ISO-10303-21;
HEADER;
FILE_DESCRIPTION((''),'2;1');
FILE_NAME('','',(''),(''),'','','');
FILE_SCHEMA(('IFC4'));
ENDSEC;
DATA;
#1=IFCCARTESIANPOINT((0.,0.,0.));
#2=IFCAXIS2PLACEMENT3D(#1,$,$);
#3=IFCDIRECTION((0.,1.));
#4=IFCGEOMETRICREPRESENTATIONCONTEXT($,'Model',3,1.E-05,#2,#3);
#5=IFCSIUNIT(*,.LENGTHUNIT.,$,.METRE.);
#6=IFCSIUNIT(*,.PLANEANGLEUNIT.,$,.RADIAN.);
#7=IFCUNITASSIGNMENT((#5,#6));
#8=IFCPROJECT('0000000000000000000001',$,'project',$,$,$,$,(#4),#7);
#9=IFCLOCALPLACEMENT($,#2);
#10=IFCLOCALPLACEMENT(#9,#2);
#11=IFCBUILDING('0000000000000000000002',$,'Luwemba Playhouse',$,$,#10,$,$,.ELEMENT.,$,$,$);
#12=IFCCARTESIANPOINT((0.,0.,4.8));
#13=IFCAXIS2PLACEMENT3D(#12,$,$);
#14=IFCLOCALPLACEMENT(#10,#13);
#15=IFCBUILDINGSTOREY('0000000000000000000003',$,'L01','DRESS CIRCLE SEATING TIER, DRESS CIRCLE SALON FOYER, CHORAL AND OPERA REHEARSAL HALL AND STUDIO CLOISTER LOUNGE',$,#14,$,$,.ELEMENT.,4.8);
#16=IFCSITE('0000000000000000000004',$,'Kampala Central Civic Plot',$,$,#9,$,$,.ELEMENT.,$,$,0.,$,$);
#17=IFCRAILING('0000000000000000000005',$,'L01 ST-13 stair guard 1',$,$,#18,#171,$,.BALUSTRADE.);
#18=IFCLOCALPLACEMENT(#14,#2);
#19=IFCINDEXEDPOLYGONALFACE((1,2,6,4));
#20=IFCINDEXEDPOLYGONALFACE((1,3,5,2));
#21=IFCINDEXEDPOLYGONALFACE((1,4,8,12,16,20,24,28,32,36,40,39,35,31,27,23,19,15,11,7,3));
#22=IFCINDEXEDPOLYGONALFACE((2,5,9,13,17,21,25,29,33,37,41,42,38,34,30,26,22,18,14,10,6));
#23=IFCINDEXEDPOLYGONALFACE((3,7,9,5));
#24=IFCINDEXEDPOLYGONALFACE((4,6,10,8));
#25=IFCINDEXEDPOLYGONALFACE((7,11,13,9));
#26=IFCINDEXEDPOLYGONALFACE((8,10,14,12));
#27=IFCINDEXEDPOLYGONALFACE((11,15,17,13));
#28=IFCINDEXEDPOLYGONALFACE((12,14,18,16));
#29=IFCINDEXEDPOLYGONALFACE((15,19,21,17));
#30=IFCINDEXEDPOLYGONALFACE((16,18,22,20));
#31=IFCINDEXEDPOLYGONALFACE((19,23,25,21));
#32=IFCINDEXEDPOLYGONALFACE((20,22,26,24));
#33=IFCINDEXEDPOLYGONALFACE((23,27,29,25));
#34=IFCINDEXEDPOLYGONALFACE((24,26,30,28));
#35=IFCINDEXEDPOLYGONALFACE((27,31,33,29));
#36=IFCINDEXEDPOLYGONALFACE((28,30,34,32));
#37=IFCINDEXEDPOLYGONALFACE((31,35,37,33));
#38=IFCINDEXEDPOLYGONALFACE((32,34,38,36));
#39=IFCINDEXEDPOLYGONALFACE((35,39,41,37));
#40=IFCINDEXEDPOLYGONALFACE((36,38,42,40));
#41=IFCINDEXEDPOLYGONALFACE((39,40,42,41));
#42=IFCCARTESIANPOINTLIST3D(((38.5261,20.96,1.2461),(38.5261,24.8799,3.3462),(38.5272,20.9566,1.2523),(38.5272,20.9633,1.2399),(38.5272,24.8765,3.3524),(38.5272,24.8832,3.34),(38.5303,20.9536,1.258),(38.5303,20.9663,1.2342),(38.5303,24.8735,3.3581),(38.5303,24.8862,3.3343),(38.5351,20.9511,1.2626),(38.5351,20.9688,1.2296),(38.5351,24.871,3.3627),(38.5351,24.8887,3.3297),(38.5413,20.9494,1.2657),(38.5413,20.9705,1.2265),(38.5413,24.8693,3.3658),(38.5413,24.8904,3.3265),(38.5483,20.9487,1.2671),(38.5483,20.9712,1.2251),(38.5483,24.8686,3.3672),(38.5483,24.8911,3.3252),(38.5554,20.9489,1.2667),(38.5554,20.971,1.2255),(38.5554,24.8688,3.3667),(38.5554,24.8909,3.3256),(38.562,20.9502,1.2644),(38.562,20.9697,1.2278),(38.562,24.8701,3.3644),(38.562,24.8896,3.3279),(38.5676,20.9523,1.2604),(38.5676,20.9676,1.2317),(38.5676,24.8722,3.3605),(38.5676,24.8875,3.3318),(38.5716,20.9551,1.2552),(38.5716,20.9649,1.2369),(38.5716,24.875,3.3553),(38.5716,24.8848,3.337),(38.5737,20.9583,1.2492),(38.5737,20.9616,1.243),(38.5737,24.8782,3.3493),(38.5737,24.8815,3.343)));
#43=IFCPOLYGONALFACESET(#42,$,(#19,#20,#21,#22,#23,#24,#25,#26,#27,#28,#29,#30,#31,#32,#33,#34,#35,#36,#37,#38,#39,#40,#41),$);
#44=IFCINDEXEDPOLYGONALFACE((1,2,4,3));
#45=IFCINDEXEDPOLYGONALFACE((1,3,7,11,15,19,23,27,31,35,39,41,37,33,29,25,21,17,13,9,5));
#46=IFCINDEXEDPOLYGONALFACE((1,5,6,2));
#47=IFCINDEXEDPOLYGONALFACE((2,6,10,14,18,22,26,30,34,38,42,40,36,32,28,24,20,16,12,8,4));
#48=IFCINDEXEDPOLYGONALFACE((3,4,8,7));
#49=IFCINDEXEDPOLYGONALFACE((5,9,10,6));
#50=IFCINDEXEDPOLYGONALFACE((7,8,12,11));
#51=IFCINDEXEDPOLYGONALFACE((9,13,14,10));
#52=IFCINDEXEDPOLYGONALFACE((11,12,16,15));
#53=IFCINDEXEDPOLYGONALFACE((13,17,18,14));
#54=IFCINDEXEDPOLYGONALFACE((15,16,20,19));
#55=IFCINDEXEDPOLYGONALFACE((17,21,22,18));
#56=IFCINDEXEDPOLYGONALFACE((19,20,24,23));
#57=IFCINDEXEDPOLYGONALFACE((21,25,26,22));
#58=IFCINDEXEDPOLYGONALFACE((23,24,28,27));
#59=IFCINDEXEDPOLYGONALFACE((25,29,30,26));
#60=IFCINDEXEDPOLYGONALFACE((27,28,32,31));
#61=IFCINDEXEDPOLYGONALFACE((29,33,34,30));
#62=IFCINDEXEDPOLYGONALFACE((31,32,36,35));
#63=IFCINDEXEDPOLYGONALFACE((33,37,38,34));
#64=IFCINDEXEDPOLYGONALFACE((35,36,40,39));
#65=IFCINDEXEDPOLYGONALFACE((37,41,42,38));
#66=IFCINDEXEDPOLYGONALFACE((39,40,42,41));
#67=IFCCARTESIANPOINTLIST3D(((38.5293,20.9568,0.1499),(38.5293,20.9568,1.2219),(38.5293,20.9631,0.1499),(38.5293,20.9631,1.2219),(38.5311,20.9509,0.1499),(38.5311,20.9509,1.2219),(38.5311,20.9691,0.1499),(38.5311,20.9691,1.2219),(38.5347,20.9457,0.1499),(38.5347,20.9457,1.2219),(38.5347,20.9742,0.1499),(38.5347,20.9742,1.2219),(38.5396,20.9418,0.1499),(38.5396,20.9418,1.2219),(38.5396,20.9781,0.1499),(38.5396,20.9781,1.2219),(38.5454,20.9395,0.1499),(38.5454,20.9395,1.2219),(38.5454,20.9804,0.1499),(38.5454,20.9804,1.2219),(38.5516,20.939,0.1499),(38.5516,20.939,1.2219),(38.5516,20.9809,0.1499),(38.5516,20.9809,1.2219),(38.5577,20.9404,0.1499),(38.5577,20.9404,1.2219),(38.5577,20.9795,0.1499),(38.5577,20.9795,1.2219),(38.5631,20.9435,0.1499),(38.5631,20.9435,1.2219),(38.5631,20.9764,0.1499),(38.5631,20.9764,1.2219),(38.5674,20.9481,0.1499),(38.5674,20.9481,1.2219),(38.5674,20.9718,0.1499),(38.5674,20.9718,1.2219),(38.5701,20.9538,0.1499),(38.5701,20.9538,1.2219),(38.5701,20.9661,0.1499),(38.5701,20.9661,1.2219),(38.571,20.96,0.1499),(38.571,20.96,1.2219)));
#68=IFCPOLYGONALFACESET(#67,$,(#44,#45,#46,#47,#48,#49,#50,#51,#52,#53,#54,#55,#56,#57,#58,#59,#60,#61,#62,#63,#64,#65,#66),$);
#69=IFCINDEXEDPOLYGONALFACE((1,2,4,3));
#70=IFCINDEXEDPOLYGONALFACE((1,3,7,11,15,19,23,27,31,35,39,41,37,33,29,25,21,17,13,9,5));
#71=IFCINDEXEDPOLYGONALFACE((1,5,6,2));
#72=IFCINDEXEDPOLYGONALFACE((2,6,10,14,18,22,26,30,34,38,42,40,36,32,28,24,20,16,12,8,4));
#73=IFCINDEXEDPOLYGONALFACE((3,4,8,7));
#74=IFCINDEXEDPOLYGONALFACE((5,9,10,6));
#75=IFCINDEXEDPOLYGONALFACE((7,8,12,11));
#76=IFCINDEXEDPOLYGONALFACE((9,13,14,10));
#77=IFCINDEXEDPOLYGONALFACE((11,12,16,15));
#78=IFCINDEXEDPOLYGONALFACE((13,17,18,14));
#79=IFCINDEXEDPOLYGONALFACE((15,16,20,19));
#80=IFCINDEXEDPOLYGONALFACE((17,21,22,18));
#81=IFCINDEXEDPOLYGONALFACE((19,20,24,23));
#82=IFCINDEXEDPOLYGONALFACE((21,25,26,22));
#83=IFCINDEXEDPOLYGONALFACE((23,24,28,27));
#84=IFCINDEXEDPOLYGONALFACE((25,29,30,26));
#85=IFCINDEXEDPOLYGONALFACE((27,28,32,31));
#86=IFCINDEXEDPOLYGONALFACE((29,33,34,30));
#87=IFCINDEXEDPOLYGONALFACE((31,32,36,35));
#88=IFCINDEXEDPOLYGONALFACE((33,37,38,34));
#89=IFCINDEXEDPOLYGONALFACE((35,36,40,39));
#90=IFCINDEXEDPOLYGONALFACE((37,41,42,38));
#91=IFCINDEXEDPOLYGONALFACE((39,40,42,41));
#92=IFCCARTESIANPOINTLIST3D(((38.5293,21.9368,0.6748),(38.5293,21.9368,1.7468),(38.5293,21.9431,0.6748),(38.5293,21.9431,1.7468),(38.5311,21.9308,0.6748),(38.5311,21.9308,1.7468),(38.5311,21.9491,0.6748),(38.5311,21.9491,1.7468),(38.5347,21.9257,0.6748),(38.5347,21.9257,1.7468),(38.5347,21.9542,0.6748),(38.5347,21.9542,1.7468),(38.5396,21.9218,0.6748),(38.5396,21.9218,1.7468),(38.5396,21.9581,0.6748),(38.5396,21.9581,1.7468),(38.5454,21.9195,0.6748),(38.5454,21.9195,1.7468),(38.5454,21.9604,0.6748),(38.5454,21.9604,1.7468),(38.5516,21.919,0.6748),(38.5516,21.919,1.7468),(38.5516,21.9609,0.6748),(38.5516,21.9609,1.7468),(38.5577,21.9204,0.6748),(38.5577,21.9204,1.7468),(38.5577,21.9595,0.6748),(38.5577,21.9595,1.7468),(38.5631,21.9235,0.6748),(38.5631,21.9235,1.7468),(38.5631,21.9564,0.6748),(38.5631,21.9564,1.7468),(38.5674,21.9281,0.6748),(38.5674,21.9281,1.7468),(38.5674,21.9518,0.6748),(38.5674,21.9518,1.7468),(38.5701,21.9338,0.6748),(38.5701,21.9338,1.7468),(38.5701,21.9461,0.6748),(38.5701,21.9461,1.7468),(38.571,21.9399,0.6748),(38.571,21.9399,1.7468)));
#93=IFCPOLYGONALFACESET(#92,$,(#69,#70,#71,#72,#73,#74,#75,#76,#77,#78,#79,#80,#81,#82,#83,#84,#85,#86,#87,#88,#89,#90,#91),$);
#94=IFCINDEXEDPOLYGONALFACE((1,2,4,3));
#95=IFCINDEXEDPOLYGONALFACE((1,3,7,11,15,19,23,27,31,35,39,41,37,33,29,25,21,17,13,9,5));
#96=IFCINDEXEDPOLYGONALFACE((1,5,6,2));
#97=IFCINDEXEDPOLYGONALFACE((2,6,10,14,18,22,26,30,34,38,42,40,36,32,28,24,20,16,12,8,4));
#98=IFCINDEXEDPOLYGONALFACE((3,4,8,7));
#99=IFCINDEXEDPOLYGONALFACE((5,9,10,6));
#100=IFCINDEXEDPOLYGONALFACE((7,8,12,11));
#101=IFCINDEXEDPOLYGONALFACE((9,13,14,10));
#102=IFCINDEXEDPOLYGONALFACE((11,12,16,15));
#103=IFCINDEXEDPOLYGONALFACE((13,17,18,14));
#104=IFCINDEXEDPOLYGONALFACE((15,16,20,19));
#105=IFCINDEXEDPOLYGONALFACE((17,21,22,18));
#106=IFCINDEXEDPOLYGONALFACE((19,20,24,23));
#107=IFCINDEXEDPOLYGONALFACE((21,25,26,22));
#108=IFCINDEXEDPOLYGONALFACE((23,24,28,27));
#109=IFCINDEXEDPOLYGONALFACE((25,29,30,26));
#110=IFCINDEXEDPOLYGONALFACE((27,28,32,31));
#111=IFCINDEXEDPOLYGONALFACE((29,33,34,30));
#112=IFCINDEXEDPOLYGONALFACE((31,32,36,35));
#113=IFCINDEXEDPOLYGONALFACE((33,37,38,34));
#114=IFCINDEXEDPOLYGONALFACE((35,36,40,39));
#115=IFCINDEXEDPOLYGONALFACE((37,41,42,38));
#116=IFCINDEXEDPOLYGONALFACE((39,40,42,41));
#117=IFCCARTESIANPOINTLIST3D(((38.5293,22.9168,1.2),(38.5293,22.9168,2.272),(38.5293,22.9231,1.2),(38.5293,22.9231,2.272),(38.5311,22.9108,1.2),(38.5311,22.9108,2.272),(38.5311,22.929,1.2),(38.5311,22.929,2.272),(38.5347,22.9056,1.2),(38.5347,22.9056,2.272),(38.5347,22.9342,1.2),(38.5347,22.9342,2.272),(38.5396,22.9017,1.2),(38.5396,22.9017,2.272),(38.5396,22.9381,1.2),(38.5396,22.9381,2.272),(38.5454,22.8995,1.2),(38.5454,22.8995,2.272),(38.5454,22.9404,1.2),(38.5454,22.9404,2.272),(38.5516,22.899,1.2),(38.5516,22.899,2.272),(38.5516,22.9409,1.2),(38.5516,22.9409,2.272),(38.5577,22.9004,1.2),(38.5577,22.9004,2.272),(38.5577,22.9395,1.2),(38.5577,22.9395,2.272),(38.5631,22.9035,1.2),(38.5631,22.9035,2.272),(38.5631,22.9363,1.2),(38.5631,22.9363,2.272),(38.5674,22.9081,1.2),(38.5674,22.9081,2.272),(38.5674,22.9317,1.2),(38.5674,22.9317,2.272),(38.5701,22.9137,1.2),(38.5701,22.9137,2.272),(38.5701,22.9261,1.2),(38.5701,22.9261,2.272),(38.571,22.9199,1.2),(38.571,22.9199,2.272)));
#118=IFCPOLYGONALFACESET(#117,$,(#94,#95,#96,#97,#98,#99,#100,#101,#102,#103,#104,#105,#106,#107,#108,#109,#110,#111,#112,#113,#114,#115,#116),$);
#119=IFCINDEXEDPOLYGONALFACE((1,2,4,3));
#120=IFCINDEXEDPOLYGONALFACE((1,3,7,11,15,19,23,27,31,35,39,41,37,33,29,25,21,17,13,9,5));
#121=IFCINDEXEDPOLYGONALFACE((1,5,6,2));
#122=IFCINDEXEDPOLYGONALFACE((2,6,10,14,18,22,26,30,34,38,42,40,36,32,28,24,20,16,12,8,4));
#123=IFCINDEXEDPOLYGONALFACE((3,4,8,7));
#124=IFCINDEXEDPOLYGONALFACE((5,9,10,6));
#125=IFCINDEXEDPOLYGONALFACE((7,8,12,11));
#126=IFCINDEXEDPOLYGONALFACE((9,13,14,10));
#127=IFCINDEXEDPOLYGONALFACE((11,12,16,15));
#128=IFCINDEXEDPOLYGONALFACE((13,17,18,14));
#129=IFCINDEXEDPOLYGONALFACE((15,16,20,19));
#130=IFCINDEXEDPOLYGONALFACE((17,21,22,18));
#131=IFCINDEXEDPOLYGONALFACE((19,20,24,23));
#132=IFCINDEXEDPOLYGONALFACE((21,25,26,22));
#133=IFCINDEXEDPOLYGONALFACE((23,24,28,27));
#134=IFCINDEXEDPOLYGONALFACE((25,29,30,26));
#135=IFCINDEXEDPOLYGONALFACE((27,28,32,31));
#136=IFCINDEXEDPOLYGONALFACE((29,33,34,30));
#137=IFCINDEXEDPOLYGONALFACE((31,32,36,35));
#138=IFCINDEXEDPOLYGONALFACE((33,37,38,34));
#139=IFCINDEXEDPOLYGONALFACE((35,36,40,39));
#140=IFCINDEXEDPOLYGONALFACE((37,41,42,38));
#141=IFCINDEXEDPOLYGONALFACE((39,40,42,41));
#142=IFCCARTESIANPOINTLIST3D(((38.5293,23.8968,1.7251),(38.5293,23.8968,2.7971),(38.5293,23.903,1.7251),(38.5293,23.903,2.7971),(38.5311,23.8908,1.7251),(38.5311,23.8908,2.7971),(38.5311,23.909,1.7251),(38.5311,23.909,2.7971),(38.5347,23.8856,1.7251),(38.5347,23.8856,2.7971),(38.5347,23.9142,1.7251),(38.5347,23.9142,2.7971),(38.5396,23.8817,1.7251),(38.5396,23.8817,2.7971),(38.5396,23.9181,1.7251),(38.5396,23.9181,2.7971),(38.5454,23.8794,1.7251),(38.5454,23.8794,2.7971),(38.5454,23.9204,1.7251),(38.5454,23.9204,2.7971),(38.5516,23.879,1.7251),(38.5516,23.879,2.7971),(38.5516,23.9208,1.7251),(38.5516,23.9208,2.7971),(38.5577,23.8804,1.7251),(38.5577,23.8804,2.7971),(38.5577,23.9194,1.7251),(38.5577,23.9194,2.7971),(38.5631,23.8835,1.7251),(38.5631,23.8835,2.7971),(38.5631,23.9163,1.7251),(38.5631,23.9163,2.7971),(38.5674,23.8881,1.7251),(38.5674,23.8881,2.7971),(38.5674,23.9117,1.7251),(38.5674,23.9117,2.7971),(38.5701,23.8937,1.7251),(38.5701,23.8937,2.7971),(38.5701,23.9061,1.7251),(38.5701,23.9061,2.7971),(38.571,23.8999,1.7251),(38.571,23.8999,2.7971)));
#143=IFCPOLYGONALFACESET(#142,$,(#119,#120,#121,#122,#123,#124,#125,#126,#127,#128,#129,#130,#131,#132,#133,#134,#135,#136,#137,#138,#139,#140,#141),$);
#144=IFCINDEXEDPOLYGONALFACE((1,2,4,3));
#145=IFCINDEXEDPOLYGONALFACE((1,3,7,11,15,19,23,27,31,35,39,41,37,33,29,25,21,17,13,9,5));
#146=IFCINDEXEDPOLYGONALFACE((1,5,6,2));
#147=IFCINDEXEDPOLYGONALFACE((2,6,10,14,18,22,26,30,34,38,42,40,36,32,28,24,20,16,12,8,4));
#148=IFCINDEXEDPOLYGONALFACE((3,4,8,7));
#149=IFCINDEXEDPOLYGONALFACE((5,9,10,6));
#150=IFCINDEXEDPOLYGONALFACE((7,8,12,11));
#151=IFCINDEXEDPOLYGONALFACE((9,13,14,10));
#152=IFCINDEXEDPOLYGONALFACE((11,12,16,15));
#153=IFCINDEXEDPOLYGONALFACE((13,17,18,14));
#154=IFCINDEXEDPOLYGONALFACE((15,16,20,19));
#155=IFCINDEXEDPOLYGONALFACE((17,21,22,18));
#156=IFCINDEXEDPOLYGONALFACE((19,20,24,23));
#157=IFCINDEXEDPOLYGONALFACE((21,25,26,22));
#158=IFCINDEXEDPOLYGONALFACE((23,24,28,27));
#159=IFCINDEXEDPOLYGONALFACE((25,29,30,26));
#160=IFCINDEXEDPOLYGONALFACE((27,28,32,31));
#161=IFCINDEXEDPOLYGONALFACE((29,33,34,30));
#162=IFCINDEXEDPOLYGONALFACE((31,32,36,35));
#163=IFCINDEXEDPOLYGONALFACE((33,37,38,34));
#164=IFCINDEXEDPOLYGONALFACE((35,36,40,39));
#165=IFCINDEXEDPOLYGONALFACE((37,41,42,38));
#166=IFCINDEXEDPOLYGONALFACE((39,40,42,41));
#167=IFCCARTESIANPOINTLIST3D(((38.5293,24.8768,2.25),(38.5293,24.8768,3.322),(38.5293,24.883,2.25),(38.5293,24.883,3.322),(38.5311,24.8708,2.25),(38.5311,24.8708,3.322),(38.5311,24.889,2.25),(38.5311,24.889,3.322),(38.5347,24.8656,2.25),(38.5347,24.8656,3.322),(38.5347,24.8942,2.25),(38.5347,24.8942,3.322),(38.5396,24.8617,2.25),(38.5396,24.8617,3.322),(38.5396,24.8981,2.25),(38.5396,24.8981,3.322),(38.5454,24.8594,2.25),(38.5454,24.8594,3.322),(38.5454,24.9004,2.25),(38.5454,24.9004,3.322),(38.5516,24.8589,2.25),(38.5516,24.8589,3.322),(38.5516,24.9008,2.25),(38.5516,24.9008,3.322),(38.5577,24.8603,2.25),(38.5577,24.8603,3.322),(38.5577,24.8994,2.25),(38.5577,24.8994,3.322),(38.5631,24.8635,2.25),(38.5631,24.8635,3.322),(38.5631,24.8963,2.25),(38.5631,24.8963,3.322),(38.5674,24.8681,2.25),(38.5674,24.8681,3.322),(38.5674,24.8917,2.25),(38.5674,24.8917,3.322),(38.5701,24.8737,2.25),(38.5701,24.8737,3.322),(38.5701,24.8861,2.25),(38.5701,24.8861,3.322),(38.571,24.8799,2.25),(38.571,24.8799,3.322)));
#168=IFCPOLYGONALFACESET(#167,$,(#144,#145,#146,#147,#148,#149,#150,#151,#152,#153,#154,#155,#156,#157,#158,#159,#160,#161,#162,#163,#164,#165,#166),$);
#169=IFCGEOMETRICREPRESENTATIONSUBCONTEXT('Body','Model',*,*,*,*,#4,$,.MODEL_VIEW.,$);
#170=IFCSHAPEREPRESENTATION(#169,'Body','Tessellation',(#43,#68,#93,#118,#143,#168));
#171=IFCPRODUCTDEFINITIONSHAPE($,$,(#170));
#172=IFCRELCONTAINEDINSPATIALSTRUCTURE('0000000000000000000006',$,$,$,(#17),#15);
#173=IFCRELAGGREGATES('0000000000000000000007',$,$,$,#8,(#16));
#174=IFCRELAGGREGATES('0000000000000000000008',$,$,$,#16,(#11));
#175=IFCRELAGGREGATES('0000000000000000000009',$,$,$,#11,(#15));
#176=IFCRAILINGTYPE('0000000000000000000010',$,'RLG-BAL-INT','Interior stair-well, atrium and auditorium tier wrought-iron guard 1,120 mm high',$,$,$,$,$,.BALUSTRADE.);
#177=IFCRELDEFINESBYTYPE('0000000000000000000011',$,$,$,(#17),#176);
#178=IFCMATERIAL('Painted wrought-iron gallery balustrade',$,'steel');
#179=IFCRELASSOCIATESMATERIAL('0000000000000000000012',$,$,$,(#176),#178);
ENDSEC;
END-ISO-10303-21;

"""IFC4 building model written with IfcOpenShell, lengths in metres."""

from ifc_helpers import new_model, si_unit, direction, frame, origin, origin_2d, place, context, subcontext, project, spatial, circle, extrude, material, type_object, element, save


model = new_model("IFC4")

# Units and contexts
model_context = context("Model", 3, precision=1e-05, world=origin(), true_north=direction((0.0, 1.0)))
body_context = subcontext(model_context, "Body", "Model", "MODEL_VIEW")
ifc_project = project(units=[si_unit("LENGTHUNIT", "METRE"), si_unit("PLANEANGLEUNIT", "RADIAN")], contexts=[model_context])

# Site, building, storey
site_placement = place(None, origin())
site = spatial("IfcSite", under=ifc_project, at=site_placement, Name="Kampala Central Civic Plot", CompositionType="ELEMENT", RefElevation=0.0)
building_placement = place(site_placement, origin())
building = spatial("IfcBuilding", under=site, at=building_placement, Name="Luwemba Playhouse", CompositionType="ELEMENT")
storey_placement = place(building_placement, frame((0.0, 0.0, 4.8)))
storey = spatial("IfcBuildingStorey", under=building, at=storey_placement, Name="L01", Description="DRESS CIRCLE SEATING TIER, DRESS CIRCLE SALON FOYER, CHORAL AND OPERA REHEARSAL HALL AND STUDIO CLOISTER LOUNGE", CompositionType="ELEMENT", Elevation=4.8)

# Railing
ifc_material_1 = material(Name="Painted wrought-iron gallery balustrade", Category="steel")
railing_type_1 = type_object("IfcRailingType", Name="RLG-BAL-INT", Description="Interior stair-well, atrium and auditorium tier wrought-iron guard 1,120 mm high", PredefinedType="BALUSTRADE", material=ifc_material_1)
railing_1_placement = place(storey_placement, frame((38.55, 20.96, 0.1499)))
element("IfcRailing", 1, at=railing_1_placement, inside=storey, type_object=railing_type_1, Name="L01 ST-13 stair guard 1", PredefinedType="BALUSTRADE", context=body_context, shape_type="SweptSolid", body=[
    extrude(circle(Radius=0.0239, at=origin_2d()), frame((0.0, 0.0, 1.0962), z_axis=(0.0, 0.881467, 0.472246), x_axis=(-1.0, 0.0, 0.0)), (0.0, 0.0, 1.0), 4.447),
    extrude(circle(Radius=0.021, at=origin_2d()), origin(), (0.0, 0.0, 1.0), 1.072),
    extrude(circle(Radius=0.021, at=origin_2d()), frame((0.0, 0.98, 0.5249)), (0.0, 0.0, 1.0), 1.072),
    extrude(circle(Radius=0.021, at=origin_2d()), frame((0.0, 1.96, 1.05)), (0.0, 0.0, 1.0), 1.072),
    extrude(circle(Radius=0.021, at=origin_2d()), frame((0.0, 2.9399, 1.5752)), (0.0, 0.0, 1.0), 1.072),
    extrude(circle(Radius=0.021, at=origin_2d()), frame((0.0, 3.9199, 2.1001)), (0.0, 0.0, 1.0), 1.072),
])

save(model, "model.ifc")
